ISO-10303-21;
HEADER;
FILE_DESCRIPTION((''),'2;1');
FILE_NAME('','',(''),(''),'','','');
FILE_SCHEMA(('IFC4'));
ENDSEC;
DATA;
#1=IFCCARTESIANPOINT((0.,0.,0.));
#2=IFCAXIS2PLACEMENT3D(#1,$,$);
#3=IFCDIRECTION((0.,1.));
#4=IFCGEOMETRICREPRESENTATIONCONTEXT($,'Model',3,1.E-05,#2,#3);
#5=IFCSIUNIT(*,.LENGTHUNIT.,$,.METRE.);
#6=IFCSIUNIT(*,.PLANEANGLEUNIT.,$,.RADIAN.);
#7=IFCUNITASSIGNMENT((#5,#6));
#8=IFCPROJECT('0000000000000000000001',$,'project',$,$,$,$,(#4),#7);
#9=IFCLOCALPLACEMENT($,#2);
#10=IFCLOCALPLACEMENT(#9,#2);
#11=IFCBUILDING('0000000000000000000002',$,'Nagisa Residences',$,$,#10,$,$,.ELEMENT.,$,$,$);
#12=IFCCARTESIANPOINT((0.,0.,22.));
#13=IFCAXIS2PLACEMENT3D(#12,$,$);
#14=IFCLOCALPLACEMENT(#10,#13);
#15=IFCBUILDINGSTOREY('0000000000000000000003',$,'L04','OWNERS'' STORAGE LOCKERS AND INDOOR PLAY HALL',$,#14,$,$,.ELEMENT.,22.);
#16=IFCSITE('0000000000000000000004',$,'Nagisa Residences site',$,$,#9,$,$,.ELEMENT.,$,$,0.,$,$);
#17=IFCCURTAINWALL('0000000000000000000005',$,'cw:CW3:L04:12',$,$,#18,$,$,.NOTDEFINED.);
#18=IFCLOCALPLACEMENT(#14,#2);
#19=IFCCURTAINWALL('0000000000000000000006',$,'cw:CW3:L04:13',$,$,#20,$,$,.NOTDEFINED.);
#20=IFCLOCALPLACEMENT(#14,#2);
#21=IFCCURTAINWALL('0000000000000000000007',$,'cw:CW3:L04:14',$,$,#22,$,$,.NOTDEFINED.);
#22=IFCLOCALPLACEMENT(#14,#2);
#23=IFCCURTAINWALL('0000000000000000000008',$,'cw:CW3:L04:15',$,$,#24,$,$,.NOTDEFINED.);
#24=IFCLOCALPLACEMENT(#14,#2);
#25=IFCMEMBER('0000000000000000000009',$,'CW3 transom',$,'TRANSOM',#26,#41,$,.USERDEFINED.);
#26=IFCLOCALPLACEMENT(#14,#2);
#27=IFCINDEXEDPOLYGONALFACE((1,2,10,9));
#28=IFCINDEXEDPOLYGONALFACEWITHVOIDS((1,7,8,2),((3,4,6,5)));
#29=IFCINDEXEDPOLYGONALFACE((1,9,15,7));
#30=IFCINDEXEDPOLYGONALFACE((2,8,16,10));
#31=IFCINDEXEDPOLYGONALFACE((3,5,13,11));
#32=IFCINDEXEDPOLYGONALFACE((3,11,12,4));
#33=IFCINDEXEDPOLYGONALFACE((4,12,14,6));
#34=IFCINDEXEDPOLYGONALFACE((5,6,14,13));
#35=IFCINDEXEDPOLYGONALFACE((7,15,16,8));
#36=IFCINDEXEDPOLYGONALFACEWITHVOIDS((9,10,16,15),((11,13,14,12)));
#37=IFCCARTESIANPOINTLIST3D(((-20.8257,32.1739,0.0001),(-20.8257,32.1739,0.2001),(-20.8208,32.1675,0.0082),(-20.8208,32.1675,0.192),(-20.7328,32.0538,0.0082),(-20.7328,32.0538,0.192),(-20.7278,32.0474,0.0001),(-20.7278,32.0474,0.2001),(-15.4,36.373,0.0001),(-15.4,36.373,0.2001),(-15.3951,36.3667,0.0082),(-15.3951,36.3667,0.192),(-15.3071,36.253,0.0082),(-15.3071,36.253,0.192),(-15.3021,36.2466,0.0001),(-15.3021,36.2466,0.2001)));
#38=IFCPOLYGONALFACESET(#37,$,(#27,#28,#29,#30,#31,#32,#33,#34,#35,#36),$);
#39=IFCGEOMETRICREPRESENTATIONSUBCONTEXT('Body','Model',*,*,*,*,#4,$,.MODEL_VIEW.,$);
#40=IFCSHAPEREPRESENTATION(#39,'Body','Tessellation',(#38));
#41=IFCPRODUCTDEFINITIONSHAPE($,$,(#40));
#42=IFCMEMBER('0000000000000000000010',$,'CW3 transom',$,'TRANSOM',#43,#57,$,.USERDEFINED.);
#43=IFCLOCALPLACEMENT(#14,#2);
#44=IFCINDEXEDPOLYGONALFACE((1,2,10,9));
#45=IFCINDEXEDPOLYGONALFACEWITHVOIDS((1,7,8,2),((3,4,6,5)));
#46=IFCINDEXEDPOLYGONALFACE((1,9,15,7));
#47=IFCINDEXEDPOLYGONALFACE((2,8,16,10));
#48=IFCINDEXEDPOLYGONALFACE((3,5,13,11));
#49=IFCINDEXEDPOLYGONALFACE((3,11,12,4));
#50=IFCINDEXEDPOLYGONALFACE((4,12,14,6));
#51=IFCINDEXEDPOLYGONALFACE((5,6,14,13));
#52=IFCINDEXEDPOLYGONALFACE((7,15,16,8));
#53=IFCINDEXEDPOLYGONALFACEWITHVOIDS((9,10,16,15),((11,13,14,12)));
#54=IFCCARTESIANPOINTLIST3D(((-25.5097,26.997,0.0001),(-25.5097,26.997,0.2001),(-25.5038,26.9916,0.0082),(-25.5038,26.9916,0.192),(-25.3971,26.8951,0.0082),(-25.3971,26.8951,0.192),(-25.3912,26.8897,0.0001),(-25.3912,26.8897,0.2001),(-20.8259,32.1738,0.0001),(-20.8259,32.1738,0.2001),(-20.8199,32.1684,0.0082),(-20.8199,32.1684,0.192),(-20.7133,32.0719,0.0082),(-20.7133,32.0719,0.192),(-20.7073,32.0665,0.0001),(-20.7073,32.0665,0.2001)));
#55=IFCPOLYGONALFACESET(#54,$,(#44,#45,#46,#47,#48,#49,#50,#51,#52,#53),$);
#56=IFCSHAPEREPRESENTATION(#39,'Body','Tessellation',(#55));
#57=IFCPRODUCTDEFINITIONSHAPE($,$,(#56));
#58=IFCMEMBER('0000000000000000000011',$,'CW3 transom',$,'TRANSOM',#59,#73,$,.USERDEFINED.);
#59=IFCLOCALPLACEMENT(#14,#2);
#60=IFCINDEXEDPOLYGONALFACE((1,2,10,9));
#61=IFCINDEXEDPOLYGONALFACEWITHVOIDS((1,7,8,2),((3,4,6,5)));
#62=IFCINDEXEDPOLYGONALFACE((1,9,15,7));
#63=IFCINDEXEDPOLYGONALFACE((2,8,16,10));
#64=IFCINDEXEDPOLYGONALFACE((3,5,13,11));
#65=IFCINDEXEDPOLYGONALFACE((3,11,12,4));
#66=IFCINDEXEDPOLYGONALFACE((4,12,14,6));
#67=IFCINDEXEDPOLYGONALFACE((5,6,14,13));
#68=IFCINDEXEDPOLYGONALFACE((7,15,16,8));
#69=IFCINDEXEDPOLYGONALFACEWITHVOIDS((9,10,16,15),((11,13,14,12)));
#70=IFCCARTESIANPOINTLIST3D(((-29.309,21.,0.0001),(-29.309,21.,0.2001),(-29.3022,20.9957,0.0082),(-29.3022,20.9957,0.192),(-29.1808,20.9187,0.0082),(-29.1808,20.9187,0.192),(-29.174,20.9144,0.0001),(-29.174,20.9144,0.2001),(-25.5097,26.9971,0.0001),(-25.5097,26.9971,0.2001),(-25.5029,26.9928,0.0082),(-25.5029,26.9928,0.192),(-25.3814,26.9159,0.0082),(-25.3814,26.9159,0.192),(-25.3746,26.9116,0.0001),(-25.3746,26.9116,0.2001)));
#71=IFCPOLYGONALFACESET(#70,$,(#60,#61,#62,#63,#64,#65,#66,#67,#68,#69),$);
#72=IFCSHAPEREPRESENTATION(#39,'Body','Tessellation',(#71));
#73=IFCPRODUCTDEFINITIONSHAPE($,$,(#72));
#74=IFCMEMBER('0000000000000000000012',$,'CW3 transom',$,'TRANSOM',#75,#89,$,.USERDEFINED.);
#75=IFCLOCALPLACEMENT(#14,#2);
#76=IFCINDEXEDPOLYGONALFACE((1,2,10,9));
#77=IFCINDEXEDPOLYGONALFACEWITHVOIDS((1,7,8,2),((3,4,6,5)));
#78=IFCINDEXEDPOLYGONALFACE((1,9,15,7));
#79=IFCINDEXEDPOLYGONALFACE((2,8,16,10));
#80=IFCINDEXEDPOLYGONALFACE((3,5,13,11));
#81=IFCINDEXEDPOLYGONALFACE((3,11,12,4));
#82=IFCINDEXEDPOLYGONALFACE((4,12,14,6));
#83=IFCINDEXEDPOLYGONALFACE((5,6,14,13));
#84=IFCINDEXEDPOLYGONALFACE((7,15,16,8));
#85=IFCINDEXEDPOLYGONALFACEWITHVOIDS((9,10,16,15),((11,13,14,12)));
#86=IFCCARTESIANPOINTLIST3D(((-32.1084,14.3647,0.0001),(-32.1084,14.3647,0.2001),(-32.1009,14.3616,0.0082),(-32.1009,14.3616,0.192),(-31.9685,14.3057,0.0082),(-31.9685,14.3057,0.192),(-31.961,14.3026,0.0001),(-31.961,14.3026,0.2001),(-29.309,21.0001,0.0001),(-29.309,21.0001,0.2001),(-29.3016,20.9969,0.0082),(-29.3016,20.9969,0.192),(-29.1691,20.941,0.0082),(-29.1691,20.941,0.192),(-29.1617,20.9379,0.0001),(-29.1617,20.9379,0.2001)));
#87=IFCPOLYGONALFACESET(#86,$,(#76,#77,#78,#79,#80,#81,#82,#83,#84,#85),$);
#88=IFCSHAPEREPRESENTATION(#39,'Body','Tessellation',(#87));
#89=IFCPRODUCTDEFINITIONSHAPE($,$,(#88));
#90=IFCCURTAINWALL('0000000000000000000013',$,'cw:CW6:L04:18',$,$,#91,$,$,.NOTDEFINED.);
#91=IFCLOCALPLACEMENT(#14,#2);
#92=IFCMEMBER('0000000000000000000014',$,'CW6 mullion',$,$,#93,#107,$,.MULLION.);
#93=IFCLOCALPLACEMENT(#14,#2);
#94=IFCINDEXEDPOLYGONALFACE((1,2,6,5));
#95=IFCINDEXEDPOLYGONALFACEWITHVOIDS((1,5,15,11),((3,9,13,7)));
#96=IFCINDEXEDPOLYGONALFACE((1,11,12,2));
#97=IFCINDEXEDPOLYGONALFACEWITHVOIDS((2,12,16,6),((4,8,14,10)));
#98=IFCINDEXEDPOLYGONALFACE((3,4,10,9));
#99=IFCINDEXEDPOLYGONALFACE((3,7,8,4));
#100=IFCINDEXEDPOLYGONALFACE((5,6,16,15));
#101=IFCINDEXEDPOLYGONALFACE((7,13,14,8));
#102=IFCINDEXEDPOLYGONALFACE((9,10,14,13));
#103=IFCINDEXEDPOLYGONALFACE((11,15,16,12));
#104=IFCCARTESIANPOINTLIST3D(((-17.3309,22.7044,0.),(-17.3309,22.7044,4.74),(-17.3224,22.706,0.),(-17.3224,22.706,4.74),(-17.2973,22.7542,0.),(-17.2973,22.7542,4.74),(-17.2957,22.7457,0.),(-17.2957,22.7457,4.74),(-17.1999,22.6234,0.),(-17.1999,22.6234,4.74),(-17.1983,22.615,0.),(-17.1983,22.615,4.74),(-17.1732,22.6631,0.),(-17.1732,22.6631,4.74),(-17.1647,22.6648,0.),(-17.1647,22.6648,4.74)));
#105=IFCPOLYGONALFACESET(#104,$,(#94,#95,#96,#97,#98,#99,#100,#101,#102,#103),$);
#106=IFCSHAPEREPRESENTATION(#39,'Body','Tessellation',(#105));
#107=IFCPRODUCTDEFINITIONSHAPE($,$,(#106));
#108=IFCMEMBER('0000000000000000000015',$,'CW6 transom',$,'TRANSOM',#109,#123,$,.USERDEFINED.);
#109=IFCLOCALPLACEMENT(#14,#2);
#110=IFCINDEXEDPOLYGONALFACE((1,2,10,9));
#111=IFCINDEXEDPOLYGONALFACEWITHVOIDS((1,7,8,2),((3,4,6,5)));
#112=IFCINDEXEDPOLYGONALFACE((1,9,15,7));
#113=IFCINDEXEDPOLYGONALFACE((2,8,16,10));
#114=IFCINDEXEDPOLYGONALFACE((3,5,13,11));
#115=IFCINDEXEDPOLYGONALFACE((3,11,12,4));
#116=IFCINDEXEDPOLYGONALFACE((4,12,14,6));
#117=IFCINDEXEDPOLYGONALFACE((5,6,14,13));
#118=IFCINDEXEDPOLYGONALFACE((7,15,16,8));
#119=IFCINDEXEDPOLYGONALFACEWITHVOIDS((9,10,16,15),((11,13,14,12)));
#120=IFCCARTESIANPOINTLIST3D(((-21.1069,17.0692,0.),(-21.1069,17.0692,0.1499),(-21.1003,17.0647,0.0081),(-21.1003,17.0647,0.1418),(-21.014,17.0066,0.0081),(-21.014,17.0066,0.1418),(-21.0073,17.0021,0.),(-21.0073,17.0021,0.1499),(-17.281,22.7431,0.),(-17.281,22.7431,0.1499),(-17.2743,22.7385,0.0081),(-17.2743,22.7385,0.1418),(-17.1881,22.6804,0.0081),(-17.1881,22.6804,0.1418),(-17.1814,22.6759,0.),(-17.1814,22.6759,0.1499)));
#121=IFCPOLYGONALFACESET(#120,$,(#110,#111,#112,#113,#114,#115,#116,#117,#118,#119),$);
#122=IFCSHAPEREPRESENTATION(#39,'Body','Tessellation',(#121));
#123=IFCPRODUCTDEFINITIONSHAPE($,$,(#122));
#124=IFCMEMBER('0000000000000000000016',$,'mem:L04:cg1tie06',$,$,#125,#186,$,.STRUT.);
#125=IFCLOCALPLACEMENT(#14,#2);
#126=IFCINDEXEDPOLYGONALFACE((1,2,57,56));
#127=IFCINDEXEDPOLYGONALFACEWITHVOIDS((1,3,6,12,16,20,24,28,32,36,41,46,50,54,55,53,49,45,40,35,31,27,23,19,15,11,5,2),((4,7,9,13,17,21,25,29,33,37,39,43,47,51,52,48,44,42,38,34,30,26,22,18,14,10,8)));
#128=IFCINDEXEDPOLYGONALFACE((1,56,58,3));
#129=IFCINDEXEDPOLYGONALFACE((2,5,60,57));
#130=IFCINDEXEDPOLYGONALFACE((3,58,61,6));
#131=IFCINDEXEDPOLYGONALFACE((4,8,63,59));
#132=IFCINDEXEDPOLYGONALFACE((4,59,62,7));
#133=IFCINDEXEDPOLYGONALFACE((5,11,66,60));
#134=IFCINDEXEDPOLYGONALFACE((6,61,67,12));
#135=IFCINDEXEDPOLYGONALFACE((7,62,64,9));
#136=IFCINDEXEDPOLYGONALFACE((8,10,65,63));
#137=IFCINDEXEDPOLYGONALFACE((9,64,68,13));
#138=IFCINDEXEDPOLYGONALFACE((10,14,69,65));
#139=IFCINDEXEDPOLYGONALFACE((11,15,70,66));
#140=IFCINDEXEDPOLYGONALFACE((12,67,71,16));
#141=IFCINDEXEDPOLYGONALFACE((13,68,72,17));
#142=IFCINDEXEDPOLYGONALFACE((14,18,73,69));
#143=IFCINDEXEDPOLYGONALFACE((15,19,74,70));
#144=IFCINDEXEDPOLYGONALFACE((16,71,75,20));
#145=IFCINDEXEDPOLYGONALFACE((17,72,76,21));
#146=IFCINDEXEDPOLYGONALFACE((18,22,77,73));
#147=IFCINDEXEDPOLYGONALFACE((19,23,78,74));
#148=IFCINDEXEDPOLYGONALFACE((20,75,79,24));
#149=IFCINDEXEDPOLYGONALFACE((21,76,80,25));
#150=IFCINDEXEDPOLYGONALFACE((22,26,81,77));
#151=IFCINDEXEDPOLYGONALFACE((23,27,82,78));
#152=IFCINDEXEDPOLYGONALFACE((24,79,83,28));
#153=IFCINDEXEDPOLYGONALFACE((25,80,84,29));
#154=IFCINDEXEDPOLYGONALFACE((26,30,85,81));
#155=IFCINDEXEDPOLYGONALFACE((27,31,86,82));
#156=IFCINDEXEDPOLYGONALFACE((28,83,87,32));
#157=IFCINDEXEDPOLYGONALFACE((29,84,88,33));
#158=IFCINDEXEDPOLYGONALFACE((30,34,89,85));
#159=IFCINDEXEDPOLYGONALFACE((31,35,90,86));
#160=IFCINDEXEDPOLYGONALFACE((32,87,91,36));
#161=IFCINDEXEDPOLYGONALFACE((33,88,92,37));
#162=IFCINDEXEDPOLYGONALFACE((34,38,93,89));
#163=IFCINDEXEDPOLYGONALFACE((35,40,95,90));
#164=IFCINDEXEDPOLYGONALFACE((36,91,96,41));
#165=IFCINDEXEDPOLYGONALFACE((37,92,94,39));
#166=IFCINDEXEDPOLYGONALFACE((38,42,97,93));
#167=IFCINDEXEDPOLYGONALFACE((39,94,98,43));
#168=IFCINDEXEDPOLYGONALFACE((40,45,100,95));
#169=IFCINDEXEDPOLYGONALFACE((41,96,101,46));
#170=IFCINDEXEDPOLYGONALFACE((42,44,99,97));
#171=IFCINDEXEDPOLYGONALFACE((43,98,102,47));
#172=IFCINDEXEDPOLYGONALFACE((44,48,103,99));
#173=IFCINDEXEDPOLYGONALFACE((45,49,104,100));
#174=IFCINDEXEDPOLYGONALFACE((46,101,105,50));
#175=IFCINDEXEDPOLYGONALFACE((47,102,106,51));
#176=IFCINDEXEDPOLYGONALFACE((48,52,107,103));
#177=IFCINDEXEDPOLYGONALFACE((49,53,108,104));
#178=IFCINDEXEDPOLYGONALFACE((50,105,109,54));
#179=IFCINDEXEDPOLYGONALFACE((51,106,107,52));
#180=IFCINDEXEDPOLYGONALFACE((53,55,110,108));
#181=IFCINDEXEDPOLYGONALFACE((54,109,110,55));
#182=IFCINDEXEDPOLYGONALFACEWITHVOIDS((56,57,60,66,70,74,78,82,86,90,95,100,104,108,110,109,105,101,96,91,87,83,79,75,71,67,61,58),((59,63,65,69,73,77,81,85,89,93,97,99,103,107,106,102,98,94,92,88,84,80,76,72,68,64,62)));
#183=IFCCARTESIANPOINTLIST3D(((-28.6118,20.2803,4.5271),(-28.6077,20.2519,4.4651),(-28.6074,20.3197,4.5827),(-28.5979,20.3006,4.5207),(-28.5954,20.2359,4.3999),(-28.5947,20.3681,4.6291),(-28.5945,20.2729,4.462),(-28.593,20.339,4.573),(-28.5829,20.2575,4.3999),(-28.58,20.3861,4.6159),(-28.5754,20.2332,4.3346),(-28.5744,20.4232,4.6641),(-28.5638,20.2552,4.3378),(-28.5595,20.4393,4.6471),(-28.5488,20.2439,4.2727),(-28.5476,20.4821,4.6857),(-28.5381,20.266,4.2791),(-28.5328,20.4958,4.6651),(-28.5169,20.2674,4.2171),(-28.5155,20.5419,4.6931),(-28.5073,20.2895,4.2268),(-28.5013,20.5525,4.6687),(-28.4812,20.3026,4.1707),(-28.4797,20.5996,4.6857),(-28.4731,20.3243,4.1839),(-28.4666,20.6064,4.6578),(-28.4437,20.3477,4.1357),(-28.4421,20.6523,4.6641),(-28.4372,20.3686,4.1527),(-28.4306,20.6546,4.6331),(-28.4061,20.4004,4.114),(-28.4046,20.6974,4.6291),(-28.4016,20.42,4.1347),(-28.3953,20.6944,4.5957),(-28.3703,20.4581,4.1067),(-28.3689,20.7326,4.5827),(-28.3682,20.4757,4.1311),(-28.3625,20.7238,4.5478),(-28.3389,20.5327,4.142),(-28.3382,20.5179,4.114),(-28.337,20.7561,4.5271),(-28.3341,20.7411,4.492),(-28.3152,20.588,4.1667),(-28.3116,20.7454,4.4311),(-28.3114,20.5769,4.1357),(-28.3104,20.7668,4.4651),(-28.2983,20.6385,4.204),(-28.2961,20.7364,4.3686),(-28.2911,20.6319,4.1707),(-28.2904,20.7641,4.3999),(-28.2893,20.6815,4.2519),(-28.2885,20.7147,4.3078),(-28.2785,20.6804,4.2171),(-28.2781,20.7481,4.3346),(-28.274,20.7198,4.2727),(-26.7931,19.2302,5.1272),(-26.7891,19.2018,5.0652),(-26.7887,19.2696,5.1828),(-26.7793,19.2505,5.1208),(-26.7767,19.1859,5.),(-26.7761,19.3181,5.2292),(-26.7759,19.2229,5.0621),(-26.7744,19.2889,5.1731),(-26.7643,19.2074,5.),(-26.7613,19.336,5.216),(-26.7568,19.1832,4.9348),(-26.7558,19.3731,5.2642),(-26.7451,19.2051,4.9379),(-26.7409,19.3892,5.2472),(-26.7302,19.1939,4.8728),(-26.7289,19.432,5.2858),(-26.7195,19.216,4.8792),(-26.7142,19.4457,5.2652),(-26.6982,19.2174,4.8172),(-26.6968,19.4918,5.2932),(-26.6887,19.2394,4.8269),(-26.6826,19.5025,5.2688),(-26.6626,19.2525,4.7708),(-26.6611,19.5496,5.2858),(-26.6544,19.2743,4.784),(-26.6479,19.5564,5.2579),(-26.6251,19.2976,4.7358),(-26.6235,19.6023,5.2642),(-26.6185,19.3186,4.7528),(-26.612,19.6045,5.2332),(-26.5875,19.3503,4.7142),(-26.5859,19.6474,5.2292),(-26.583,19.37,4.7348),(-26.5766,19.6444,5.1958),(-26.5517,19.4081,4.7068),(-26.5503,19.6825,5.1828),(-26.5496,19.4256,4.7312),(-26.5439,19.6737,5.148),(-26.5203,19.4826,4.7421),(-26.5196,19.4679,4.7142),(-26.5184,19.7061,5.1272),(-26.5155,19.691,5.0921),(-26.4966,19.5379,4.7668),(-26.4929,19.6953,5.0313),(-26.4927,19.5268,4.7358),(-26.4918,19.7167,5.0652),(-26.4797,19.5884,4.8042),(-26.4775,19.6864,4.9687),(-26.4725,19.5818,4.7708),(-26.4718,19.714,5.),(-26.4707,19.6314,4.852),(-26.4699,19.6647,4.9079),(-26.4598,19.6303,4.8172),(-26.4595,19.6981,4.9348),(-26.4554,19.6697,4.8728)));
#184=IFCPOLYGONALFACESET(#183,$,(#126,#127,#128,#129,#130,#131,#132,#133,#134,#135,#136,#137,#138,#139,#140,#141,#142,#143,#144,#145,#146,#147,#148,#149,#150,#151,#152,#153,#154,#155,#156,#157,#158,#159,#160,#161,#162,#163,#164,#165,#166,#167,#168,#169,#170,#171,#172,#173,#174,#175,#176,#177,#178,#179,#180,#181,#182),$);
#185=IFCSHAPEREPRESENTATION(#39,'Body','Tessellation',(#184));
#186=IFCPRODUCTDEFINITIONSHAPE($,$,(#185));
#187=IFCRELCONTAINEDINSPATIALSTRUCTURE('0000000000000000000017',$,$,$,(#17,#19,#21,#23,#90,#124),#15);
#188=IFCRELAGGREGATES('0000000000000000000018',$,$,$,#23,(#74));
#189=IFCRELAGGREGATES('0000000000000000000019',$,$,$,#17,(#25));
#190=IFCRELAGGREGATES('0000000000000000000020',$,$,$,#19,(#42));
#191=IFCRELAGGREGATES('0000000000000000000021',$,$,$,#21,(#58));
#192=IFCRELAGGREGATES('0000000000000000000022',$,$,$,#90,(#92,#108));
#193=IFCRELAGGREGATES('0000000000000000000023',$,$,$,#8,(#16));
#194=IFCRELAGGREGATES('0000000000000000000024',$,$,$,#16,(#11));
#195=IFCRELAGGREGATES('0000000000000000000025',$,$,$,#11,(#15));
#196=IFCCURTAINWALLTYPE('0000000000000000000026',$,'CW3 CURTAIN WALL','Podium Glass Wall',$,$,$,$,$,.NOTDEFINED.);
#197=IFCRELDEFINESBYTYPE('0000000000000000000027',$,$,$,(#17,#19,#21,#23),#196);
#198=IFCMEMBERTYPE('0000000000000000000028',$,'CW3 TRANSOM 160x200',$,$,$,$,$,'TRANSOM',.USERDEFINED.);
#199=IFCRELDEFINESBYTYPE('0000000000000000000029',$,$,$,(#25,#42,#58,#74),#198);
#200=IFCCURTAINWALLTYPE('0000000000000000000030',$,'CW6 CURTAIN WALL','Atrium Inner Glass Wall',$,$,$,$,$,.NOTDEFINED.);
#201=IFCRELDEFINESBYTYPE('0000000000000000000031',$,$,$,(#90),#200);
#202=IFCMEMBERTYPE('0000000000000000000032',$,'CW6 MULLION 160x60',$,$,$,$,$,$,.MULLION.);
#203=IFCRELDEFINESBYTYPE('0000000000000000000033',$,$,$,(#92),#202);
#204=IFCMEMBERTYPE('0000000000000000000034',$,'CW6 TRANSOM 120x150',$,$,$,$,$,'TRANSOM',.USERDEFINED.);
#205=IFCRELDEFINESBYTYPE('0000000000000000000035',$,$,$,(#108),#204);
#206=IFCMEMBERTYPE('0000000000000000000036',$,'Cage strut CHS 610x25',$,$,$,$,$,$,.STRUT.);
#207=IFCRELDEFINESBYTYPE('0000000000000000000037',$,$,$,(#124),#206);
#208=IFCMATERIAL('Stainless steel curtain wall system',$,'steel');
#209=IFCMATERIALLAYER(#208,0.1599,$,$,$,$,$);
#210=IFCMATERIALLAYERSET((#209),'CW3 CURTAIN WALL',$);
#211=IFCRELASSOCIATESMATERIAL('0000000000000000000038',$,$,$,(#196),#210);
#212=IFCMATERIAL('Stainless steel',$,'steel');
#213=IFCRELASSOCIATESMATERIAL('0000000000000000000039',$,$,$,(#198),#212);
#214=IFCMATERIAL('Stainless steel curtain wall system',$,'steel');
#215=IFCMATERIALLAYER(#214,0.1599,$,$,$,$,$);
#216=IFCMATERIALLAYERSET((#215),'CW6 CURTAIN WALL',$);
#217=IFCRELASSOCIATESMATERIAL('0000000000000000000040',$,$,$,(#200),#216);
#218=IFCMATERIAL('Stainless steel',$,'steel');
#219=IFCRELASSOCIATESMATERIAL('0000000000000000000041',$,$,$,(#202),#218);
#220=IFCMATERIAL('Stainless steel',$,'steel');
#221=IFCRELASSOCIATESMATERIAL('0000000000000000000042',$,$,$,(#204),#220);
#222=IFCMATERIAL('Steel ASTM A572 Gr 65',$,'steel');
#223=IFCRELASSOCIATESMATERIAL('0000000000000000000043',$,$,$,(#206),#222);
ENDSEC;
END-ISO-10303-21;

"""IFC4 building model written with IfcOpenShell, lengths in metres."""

from ifc_helpers import new_model, si_unit, direction, frame, origin, origin_2d, place, context, subcontext, project, spatial, hollow_rectangle, hollow_circle, extrude, material, layer, layer_set, material_profile, profile_set, type_object, element, aggregate, save


model = new_model("IFC4")

# Units and contexts
model_context = context("Model", 3, precision=1e-05, world=origin(), true_north=direction((0.0, 1.0)))
body_context = subcontext(model_context, "Body", "Model", "MODEL_VIEW")
ifc_project = project(units=[si_unit("LENGTHUNIT", "METRE"), si_unit("PLANEANGLEUNIT", "RADIAN")], contexts=[model_context])

# Site, building, storey
site_placement = place(None, origin())
site = spatial("IfcSite", under=ifc_project, at=site_placement, Name="Nagisa Residences site", CompositionType="ELEMENT", RefElevation=0.0)
building_placement = place(site_placement, origin())
building = spatial("IfcBuilding", under=site, at=building_placement, Name="Nagisa Residences", CompositionType="ELEMENT")
storey_placement = place(building_placement, frame((0.0, 0.0, 22.0)))
storey = spatial("IfcBuildingStorey", under=building, at=storey_placement, Name="L04", Description="OWNERS' STORAGE LOCKERS AND INDOOR PLAY HALL", CompositionType="ELEMENT", Elevation=22.0)

# Shared definitions
ifc_material_1 = material(Name="Stainless steel curtain wall system", Category="steel")
ifc_layer_1 = layer(ifc_material_1, 0.1599)
ifc_layer_set_1 = layer_set([ifc_layer_1], Name="CW3 CURTAIN WALL")
curtain_wall_type_1 = type_object("IfcCurtainWallType", Name="CW3 CURTAIN WALL", Description="Podium Glass Wall", PredefinedType="NOTDEFINED", material=ifc_layer_set_1)

# Curtain walls
curtain_wall_1_placement = place(storey_placement, origin())
curtain_wall_1 = element("IfcCurtainWall", 1, at=curtain_wall_1_placement, inside=storey, type_object=curtain_wall_type_1, Name="cw:CW3:L04:12", PredefinedType="NOTDEFINED")
curtain_wall_2_placement = place(storey_placement, origin())
curtain_wall_2 = element("IfcCurtainWall", 2, at=curtain_wall_2_placement, inside=storey, type_object=curtain_wall_type_1, Name="cw:CW3:L04:13", PredefinedType="NOTDEFINED")
curtain_wall_3_placement = place(storey_placement, origin())
curtain_wall_3 = element("IfcCurtainWall", 3, at=curtain_wall_3_placement, inside=storey, type_object=curtain_wall_type_1, Name="cw:CW3:L04:14", PredefinedType="NOTDEFINED")

# Curtain wall
curtain_wall_4_placement = place(storey_placement, origin())
curtain_wall_4 = element("IfcCurtainWall", 4, at=curtain_wall_4_placement, inside=storey, type_object=curtain_wall_type_1, Name="cw:CW3:L04:15", PredefinedType="NOTDEFINED")

# Members
ifc_material_2 = material(Name="Stainless steel", Category="steel")
ifc_material_profile_1 = material_profile(ifc_material_2, hollow_rectangle(XDim=0.1599, YDim=0.2, WallThickness=0.0081, at=origin_2d()), Name="CW3 TRANSOM 160x200")
ifc_profile_set_1 = profile_set([ifc_material_profile_1], Name="Stainless steel")
member_type_1 = type_object("IfcMemberType", Name="CW3 TRANSOM 160x200", ElementType="TRANSOM", PredefinedType="USERDEFINED", material=ifc_profile_set_1)
member_1_placement = place(storey_placement, frame((-15.3511, 36.3098, 0.1001), z_axis=(-0.790821, -0.612047, 0.0), x_axis=(0.612047, -0.790821, 0.0)))
member_1 = element("IfcMember", 5, at=member_1_placement, type_object=member_type_1, Name="CW3 transom", ObjectType="TRANSOM", PredefinedType="USERDEFINED", context=body_context, shape_type="SweptSolid", body=[
    extrude(hollow_rectangle(XDim=0.1599, YDim=0.2, WallThickness=0.0081, at=origin_2d()), origin(), (0.0, 0.0, 1.0), 6.8608),
])
member_2_placement = place(storey_placement, frame((-20.7666, 32.1201, 0.1001), z_axis=(-0.670922, -0.741528, 0.0), x_axis=(0.741528, -0.670922, 0.0)))
member_2 = element("IfcMember", 6, at=member_2_placement, type_object=member_type_1, Name="CW3 transom", ObjectType="TRANSOM", PredefinedType="USERDEFINED", context=body_context, shape_type="SweptSolid", body=[
    extrude(hollow_rectangle(XDim=0.1599, YDim=0.2, WallThickness=0.0081, at=origin_2d()), origin(), (0.0, 0.0, 1.0), 6.9812),
])
member_3_placement = place(storey_placement, frame((-25.4421, 26.9543, 0.1001), z_axis=(-0.53517, -0.844744, 0.0), x_axis=(0.844744, -0.53517, 0.0)))
member_3 = element("IfcMember", 7, at=member_3_placement, type_object=member_type_1, Name="CW3 transom", ObjectType="TRANSOM", PredefinedType="USERDEFINED", context=body_context, shape_type="SweptSolid", body=[
    extrude(hollow_rectangle(XDim=0.1599, YDim=0.2, WallThickness=0.0081, at=origin_2d()), origin(), (0.0, 0.0, 1.0), 7.0994),
])
member_4_placement = place(storey_placement, frame((-29.2354, 20.969, 0.1001), z_axis=(-0.388709, -0.921361, 0.0), x_axis=(0.921361, -0.388709, 0.0)))
member_4 = element("IfcMember", 8, at=member_4_placement, type_object=member_type_1, Name="CW3 transom", ObjectType="TRANSOM", PredefinedType="USERDEFINED", context=body_context, shape_type="SweptSolid", body=[
    extrude(hollow_rectangle(XDim=0.1599, YDim=0.2, WallThickness=0.0081, at=origin_2d()), origin(), (0.0, 0.0, 1.0), 7.2017),
])
aggregate(curtain_wall_4, [member_4])

# Curtain wall, members
ifc_material_3 = material(Name="Stainless steel curtain wall system", Category="steel")
ifc_layer_2 = layer(ifc_material_3, 0.1599)
ifc_layer_set_2 = layer_set([ifc_layer_2], Name="CW6 CURTAIN WALL")
curtain_wall_type_2 = type_object("IfcCurtainWallType", Name="CW6 CURTAIN WALL", Description="Atrium Inner Glass Wall", PredefinedType="NOTDEFINED", material=ifc_layer_set_2)
curtain_wall_5_placement = place(storey_placement, origin())
curtain_wall_5 = element("IfcCurtainWall", 9, at=curtain_wall_5_placement, inside=storey, type_object=curtain_wall_type_2, Name="cw:CW6:L04:18", PredefinedType="NOTDEFINED")
ifc_material_4 = material(Name="Stainless steel", Category="steel")
ifc_material_profile_2 = material_profile(ifc_material_4, hollow_rectangle(XDim=0.1599, YDim=0.0601, WallThickness=0.0061, at=origin_2d()), Name="CW6 MULLION 160x60")
ifc_profile_set_2 = profile_set([ifc_material_profile_2], Name="Stainless steel")
member_type_2 = type_object("IfcMemberType", Name="CW6 MULLION 160x60", PredefinedType="MULLION", material=ifc_profile_set_2)
member_5_placement = place(storey_placement, frame((-17.2478, 22.6846, 0.0), z_axis=(0.0, 0.0, 1.0), x_axis=(0.829111, -0.559084, 0.0)))
member_5 = element("IfcMember", 10, at=member_5_placement, type_object=member_type_2, Name="CW6 mullion", PredefinedType="MULLION", context=body_context, shape_type="SweptSolid", body=[
    extrude(hollow_rectangle(XDim=0.1599, YDim=0.0601, WallThickness=0.0061, at=origin_2d()), origin(), (0.0, 0.0, 1.0), 4.74),
])
ifc_material_5 = material(Name="Stainless steel", Category="steel")
ifc_material_profile_3 = material_profile(ifc_material_5, hollow_rectangle(XDim=0.1201, YDim=0.1499, WallThickness=0.0081, at=origin_2d()), Name="CW6 TRANSOM 120x150")
ifc_profile_set_3 = profile_set([ifc_material_profile_3], Name="Stainless steel")
member_type_3 = type_object("IfcMemberType", Name="CW6 TRANSOM 120x150", ElementType="TRANSOM", PredefinedType="USERDEFINED", material=ifc_profile_set_3)
member_6_placement = place(storey_placement, frame((-17.2312, 22.7095, 0.075), z_axis=(-0.559081, -0.829113, 0.0), x_axis=(0.829113, -0.559081, 0.0)))
member_6 = element("IfcMember", 11, at=member_6_placement, type_object=member_type_3, Name="CW6 transom", ObjectType="TRANSOM", PredefinedType="USERDEFINED", context=body_context, shape_type="SweptSolid", body=[
    extrude(hollow_rectangle(XDim=0.1201, YDim=0.1499, WallThickness=0.0081, at=origin_2d()), origin(), (0.0, 0.0, 1.0), 6.8433),
])

# Member
ifc_material_6 = material(Name="Steel ASTM A572 Gr 65", Category="steel")
ifc_material_profile_4 = material_profile(ifc_material_6, hollow_circle(Radius=0.3049, WallThickness=0.0249, at=origin_2d()), Name="CHS 610x25")
ifc_profile_set_4 = profile_set([ifc_material_profile_4], Name="Steel ASTM A572 Gr 65")
member_type_4 = type_object("IfcMemberType", Name="Cage strut CHS 610x25", PredefinedType="STRUT", material=ifc_profile_set_4)
member_7_placement = place(storey_placement, frame((-26.6243, 19.45, 5.0), z_axis=(-0.832678, 0.480782, -0.274765), x_axis=(-0.500028, -0.866009, 0.0)))
element("IfcMember", 12, at=member_7_placement, inside=storey, type_object=member_type_4, Name="mem:L04:cg1tie06", PredefinedType="STRUT", context=body_context, shape_type="SweptSolid", body=[
    extrude(hollow_circle(Radius=0.3049, WallThickness=0.0249, at=origin_2d()), origin(), (0.0, 0.0, 1.0), 2.1841),
])

aggregate(curtain_wall_1, [member_1])
aggregate(curtain_wall_2, [member_2])
aggregate(curtain_wall_3, [member_3])
aggregate(curtain_wall_5, [member_5, member_6])

save(model, "model.ifc")
